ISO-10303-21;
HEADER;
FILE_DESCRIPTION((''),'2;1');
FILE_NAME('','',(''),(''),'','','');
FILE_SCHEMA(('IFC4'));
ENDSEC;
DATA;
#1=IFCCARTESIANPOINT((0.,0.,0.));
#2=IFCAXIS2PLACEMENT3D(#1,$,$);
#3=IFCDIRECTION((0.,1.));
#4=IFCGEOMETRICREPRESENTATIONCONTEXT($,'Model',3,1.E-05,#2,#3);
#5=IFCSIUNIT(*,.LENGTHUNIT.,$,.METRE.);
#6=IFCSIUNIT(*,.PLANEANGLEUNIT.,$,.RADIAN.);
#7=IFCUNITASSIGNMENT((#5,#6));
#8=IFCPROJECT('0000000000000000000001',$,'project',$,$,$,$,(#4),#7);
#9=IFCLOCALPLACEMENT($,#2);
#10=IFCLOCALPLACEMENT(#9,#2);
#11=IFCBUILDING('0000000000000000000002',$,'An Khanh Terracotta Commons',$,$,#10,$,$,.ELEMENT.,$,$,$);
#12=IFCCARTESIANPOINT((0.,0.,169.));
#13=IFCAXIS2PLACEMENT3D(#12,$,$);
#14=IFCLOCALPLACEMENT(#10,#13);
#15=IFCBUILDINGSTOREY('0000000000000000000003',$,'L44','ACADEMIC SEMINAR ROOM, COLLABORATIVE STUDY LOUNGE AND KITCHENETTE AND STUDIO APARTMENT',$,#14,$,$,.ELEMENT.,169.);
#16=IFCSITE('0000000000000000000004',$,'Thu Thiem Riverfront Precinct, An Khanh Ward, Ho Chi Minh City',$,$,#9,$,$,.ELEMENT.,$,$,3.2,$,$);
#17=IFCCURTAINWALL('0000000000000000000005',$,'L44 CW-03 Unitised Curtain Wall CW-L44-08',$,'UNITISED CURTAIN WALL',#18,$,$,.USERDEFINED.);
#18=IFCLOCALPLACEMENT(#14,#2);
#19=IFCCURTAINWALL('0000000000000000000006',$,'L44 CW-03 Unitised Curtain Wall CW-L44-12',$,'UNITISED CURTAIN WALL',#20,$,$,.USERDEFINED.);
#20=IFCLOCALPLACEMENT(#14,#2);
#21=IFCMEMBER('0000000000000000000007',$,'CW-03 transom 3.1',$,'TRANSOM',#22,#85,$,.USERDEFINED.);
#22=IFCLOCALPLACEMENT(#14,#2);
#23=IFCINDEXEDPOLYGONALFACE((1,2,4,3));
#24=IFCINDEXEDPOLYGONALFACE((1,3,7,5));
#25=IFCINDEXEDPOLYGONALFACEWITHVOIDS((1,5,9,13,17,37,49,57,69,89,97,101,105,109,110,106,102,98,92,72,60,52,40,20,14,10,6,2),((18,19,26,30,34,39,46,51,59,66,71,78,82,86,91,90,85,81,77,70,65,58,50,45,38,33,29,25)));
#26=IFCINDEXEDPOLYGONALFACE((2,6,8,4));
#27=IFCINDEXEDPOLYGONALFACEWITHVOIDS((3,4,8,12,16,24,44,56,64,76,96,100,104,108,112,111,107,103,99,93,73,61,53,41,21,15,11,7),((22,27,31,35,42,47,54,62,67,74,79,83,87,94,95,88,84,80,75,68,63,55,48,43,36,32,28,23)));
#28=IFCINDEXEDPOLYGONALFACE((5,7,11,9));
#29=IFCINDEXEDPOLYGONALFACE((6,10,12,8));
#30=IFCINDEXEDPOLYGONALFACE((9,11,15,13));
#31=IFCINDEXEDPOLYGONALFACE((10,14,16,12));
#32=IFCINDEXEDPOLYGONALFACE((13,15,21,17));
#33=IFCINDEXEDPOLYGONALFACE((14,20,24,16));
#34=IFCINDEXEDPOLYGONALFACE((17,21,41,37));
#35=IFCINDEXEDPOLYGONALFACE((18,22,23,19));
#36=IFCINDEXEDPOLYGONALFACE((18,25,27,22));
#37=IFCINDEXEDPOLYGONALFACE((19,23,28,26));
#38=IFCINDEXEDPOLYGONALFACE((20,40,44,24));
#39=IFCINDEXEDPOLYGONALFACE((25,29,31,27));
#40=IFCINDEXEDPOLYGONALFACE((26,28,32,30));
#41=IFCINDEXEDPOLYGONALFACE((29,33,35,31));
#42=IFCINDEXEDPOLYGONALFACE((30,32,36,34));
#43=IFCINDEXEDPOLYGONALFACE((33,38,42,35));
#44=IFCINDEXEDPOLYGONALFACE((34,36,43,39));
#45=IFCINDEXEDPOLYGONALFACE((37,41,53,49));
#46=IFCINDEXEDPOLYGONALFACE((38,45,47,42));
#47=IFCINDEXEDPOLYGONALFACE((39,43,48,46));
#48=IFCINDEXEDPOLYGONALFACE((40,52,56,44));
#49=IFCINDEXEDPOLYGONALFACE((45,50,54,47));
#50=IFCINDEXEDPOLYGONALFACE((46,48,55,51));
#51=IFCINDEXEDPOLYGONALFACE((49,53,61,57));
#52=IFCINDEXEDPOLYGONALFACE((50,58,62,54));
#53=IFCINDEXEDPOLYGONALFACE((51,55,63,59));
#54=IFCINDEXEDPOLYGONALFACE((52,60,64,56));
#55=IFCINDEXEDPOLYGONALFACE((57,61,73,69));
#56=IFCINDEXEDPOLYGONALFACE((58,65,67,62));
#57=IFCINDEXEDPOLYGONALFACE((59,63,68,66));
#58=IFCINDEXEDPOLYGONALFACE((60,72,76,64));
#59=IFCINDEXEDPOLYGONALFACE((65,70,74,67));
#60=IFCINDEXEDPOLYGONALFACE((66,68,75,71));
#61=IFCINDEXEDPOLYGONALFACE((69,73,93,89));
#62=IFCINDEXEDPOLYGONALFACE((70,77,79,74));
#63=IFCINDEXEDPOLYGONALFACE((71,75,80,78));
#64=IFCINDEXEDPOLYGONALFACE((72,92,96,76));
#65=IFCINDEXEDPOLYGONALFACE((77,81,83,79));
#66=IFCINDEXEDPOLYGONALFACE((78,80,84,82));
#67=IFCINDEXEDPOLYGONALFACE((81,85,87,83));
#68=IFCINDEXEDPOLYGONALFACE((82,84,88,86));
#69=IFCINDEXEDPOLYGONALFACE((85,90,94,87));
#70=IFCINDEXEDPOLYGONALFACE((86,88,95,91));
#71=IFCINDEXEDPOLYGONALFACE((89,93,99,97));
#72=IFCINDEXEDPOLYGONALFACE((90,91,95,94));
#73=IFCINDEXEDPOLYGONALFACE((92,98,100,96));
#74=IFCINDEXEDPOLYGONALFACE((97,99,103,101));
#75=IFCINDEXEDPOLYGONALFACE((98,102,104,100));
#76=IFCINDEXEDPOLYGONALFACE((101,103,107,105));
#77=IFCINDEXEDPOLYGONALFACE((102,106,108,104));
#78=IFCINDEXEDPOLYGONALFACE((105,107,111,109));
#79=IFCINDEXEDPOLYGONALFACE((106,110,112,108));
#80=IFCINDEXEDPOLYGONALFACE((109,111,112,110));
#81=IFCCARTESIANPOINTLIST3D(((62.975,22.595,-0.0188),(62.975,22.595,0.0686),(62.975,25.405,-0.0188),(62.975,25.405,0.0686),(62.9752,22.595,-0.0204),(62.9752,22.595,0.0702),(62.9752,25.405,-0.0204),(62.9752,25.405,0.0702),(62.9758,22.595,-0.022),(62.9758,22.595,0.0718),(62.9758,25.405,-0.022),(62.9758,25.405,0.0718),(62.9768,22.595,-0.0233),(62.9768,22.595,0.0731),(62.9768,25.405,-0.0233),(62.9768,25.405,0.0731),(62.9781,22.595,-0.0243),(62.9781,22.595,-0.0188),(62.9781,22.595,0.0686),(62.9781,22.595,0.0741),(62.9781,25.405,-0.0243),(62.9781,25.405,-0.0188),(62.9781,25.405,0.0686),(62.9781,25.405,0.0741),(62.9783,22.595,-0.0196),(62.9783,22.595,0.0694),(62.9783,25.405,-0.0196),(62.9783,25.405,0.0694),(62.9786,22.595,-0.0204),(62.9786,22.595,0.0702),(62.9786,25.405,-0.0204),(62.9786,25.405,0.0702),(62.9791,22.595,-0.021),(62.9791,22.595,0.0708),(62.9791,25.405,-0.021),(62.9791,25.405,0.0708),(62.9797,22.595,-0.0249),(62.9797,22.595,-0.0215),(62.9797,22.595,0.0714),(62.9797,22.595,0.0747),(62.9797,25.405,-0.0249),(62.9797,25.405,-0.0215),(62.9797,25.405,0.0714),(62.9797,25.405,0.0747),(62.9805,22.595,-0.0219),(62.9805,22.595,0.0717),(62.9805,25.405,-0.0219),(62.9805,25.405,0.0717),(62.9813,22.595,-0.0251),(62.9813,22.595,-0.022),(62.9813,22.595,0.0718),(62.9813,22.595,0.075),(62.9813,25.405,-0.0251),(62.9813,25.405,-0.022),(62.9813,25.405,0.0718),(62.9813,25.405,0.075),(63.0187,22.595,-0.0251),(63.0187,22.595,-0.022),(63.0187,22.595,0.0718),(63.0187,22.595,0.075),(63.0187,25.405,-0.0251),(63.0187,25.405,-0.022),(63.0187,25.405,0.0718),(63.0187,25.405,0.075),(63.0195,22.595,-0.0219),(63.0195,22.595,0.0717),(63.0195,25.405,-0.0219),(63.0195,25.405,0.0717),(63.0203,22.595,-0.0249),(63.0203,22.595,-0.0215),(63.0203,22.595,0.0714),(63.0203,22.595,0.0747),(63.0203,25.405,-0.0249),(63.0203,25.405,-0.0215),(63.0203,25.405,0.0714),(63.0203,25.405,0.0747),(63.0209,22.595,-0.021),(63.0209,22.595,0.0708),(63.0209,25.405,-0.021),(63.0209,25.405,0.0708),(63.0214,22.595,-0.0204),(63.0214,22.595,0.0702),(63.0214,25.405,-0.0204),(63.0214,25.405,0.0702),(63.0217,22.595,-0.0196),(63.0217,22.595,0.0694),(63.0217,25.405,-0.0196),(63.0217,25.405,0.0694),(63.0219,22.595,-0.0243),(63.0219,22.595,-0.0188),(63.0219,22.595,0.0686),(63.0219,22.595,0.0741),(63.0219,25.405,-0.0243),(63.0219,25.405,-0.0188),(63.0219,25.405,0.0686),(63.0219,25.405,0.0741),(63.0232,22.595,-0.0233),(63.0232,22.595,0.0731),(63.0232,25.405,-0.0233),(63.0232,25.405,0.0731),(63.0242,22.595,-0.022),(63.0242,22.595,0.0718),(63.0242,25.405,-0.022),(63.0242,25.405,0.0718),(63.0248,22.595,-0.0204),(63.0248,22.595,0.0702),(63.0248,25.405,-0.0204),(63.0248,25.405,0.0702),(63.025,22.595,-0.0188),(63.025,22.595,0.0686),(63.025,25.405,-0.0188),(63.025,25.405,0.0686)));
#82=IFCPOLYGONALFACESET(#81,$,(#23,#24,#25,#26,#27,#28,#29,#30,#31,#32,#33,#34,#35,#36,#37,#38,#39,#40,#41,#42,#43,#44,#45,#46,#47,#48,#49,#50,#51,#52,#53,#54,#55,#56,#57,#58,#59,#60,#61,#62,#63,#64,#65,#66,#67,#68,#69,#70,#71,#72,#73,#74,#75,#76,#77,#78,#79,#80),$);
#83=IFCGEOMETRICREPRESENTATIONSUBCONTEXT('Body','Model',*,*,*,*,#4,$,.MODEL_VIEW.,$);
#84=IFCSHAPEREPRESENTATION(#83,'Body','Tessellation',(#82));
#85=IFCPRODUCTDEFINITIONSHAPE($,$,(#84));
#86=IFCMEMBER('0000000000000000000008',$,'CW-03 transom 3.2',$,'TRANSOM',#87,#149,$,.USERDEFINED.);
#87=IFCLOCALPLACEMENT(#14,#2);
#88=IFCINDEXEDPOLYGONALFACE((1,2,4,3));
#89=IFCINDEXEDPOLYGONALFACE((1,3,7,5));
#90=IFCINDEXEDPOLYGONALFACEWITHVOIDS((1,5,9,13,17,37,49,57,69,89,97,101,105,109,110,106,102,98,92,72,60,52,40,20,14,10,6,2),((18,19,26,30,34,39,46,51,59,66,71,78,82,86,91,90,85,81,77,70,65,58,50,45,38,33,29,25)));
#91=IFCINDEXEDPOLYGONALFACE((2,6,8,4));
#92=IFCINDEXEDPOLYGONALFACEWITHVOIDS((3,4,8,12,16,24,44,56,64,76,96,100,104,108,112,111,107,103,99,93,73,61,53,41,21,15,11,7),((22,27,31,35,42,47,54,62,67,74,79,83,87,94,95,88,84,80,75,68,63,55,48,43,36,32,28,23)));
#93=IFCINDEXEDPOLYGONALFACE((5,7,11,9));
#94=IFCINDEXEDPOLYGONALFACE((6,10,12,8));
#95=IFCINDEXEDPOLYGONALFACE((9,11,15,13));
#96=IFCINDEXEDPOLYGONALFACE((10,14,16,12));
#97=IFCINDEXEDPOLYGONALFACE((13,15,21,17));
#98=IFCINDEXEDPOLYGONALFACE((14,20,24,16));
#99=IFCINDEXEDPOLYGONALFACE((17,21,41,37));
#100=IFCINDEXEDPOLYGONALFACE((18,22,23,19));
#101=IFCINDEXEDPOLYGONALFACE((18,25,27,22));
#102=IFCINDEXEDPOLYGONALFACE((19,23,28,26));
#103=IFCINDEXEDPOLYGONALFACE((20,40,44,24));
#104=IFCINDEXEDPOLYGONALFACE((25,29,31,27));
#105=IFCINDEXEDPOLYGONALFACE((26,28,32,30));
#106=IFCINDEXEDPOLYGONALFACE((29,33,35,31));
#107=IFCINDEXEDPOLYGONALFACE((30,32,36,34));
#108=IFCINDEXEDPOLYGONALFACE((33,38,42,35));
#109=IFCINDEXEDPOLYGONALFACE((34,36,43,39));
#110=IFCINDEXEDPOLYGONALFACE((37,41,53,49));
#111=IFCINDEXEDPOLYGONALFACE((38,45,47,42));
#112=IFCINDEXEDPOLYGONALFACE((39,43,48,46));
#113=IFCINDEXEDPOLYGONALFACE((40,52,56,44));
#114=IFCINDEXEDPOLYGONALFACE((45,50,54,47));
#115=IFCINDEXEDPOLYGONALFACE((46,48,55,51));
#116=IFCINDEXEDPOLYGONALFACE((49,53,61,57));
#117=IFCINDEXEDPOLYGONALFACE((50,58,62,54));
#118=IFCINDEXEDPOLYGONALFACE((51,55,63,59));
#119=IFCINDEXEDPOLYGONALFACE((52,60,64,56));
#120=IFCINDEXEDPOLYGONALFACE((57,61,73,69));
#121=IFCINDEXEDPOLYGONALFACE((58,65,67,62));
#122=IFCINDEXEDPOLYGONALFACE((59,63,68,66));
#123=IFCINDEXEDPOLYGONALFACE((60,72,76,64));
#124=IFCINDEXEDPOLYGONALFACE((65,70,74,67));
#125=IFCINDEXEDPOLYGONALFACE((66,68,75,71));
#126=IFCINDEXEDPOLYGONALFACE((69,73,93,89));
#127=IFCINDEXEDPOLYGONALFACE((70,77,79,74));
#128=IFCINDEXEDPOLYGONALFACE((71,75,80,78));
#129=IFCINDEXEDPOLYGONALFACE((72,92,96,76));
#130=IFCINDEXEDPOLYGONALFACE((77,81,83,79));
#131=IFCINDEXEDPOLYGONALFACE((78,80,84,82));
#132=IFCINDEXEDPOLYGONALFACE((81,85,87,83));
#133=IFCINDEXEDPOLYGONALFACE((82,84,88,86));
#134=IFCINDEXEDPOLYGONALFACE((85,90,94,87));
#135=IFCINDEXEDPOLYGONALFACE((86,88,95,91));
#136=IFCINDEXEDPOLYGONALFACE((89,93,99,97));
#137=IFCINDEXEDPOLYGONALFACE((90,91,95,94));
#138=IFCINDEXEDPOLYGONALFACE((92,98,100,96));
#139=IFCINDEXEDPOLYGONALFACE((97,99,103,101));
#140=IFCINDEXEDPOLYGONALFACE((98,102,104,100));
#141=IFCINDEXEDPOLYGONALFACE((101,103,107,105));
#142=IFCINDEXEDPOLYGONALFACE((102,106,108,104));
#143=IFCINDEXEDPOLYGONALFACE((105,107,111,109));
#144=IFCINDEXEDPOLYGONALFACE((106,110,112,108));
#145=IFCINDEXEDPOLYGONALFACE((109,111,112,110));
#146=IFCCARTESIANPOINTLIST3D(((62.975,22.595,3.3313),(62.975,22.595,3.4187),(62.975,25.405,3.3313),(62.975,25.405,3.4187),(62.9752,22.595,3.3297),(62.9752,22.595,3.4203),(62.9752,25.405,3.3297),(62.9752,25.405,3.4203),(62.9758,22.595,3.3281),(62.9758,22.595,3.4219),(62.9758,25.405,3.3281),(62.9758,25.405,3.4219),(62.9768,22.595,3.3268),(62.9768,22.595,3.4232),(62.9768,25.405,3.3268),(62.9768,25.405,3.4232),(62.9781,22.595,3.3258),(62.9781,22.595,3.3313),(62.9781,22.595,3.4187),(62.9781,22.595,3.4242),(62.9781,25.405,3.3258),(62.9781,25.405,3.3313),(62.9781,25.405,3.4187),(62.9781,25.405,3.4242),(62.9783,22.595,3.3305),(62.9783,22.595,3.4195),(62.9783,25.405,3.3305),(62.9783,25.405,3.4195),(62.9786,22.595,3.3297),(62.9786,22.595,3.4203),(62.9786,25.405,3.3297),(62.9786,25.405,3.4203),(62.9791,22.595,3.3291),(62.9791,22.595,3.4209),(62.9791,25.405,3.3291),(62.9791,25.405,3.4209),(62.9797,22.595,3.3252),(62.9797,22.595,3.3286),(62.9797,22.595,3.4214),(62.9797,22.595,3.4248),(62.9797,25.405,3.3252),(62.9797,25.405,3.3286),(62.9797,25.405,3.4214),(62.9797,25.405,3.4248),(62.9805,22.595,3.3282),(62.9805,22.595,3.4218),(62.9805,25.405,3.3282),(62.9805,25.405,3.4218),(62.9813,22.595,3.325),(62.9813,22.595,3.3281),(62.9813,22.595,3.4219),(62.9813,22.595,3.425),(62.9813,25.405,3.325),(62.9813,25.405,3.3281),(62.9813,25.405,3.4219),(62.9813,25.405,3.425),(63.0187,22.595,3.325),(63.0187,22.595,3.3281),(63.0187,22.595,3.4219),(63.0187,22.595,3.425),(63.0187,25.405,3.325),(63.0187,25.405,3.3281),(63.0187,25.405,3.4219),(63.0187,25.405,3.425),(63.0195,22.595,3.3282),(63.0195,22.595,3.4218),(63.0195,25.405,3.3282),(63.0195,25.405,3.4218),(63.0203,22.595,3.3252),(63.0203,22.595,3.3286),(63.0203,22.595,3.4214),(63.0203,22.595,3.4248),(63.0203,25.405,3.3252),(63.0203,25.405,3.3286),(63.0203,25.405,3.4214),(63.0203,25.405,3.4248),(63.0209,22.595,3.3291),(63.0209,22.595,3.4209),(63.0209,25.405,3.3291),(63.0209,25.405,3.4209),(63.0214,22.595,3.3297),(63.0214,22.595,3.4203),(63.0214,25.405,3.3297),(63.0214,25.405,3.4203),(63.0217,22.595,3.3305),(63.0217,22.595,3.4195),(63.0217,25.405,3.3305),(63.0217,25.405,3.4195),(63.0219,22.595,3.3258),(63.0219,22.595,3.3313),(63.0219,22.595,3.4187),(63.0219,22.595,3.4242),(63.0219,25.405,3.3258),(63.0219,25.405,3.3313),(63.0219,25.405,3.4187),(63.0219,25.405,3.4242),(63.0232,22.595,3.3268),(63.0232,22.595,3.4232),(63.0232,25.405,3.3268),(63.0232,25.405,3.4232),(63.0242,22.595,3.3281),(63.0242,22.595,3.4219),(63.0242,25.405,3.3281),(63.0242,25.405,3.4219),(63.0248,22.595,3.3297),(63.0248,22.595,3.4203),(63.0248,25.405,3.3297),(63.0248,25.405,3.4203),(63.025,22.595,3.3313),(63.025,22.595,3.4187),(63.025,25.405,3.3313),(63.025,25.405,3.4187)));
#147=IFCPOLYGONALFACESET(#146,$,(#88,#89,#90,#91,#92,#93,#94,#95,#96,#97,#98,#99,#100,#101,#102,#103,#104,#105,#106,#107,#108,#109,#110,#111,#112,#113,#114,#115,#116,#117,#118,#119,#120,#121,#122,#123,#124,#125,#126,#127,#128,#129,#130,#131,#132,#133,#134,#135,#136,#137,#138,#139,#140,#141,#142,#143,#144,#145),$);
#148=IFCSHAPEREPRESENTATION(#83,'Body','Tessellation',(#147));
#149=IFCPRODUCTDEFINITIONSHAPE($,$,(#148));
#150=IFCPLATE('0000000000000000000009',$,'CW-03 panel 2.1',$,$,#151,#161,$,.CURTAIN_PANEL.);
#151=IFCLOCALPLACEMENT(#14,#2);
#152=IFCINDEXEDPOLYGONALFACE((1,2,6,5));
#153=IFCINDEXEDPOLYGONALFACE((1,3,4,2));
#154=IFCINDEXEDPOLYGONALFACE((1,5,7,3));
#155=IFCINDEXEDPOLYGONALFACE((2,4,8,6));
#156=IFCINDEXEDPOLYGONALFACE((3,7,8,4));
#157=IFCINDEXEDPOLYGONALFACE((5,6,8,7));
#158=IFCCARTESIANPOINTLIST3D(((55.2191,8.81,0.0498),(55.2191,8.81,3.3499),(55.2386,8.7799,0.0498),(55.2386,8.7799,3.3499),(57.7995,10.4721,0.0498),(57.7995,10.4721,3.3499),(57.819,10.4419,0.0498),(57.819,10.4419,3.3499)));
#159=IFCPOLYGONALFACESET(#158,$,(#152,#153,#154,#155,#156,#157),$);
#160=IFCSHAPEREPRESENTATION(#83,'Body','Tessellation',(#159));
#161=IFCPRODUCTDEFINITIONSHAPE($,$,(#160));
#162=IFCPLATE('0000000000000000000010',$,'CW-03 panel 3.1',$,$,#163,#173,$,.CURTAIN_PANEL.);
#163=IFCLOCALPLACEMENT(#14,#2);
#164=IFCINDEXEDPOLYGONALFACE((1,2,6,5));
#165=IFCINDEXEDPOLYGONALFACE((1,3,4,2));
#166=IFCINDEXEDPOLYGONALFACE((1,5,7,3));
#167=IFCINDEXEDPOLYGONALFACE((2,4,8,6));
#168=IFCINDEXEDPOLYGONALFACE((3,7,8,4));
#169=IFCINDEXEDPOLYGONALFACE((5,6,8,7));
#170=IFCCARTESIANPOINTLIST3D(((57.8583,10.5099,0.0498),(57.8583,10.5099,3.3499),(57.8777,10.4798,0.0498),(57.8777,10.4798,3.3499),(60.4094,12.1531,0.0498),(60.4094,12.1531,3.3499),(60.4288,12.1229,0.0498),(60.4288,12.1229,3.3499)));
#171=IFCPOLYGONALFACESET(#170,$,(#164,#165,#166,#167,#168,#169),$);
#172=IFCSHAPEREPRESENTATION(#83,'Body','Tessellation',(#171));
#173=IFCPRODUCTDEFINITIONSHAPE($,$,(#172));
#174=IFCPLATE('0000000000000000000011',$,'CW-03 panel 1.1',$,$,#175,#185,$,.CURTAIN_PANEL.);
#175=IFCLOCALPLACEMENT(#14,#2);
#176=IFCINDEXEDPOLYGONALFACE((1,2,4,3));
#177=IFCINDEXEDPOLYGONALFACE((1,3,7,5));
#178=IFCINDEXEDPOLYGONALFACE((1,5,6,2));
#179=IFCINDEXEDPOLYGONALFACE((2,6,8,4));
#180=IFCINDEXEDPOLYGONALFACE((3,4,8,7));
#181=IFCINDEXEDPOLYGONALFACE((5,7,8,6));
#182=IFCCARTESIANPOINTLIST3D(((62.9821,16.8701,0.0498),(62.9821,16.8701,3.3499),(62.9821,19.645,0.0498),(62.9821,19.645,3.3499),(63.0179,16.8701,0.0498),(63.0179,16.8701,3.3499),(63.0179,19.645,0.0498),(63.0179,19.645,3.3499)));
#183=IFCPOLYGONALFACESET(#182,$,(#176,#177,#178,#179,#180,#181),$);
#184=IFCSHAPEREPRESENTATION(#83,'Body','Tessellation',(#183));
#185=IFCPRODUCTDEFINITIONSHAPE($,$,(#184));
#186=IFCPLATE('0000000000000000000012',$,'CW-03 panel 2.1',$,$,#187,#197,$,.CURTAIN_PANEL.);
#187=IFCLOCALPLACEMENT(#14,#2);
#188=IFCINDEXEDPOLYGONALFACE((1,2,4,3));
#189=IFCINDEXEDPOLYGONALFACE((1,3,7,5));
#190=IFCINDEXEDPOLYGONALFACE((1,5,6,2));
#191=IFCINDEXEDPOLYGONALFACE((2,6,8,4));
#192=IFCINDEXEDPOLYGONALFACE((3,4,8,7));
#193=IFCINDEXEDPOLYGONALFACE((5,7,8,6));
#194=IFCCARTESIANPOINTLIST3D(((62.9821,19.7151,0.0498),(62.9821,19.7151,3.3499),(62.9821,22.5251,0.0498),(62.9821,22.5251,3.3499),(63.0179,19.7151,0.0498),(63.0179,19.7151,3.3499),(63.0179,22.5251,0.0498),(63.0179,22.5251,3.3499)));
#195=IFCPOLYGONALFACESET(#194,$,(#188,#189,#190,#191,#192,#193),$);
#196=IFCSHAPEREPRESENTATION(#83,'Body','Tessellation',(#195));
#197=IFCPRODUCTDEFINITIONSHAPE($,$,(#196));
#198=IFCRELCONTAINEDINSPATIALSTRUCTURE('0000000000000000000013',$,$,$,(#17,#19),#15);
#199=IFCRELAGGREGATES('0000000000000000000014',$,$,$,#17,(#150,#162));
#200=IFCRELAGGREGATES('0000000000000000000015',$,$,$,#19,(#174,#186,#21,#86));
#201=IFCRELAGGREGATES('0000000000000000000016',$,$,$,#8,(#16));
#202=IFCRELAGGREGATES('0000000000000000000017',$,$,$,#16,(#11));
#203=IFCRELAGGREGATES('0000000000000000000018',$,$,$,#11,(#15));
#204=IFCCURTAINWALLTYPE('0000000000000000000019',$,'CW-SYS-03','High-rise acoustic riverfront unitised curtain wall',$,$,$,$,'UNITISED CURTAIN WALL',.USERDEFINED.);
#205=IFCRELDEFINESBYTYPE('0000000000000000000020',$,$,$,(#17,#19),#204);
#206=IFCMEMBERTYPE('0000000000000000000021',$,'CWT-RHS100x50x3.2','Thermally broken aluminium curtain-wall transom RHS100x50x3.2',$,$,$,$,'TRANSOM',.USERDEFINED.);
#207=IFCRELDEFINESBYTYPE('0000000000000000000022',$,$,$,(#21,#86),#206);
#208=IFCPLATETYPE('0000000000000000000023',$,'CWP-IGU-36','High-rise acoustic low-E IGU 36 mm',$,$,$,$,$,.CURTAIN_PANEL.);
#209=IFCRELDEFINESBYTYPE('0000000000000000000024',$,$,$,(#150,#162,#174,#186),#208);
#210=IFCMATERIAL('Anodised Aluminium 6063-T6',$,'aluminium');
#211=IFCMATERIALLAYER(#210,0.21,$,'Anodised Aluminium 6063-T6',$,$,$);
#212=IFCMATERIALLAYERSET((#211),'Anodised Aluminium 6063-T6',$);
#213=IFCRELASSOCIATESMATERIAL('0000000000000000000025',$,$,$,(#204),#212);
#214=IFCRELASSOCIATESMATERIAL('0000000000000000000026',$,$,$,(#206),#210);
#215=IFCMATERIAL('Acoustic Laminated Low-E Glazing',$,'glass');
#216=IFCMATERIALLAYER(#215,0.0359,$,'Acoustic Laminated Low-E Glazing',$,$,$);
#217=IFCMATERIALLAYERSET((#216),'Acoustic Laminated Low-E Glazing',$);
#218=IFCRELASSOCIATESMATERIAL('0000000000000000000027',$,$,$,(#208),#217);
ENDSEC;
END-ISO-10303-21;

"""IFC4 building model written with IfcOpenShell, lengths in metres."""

from ifc_helpers import new_model, si_unit, direction, frame, origin, origin_2d, place, context, subcontext, project, spatial, rectangle, hollow_rectangle, extrude, material, layer, layer_set, material_profile, profile_set, type_object, element, aggregate, save


model = new_model("IFC4")

# Units and contexts
model_context = context("Model", 3, precision=1e-05, world=origin(), true_north=direction((0.0, 1.0)))
body_context = subcontext(model_context, "Body", "Model", "MODEL_VIEW")
ifc_project = project(units=[si_unit("LENGTHUNIT", "METRE"), si_unit("PLANEANGLEUNIT", "RADIAN")], contexts=[model_context])

# Site, building, storey
site_placement = place(None, origin())
site = spatial("IfcSite", under=ifc_project, at=site_placement, Name="Thu Thiem Riverfront Precinct, An Khanh Ward, Ho Chi Minh City", CompositionType="ELEMENT", RefElevation=3.2)
building_placement = place(site_placement, origin())
building = spatial("IfcBuilding", under=site, at=building_placement, Name="An Khanh Terracotta Commons", CompositionType="ELEMENT")
storey_placement = place(building_placement, frame((0.0, 0.0, 169.0)))
storey = spatial("IfcBuildingStorey", under=building, at=storey_placement, Name="L44", Description="ACADEMIC SEMINAR ROOM, COLLABORATIVE STUDY LOUNGE AND KITCHENETTE AND STUDIO APARTMENT", CompositionType="ELEMENT", Elevation=169.0)

# Curtain walls
ifc_material_1 = material(Name="Anodised Aluminium 6063-T6", Category="aluminium")
ifc_layer_1 = layer(ifc_material_1, 0.21, Name="Anodised Aluminium 6063-T6")
ifc_layer_set_1 = layer_set([ifc_layer_1], Name="Anodised Aluminium 6063-T6")
curtain_wall_type = type_object("IfcCurtainWallType", Name="CW-SYS-03", Description="High-rise acoustic riverfront unitised curtain wall", ElementType="UNITISED CURTAIN WALL", PredefinedType="USERDEFINED", material=ifc_layer_set_1)
curtain_wall_1_placement = place(storey_placement, origin())
curtain_wall_1 = element("IfcCurtainWall", 1, at=curtain_wall_1_placement, inside=storey, type_object=curtain_wall_type, Name="L44 CW-03 Unitised Curtain Wall CW-L44-08", ObjectType="UNITISED CURTAIN WALL", PredefinedType="USERDEFINED")
curtain_wall_2_placement = place(storey_placement, origin())
curtain_wall_2 = element("IfcCurtainWall", 2, at=curtain_wall_2_placement, inside=storey, type_object=curtain_wall_type, Name="L44 CW-03 Unitised Curtain Wall CW-L44-12", ObjectType="UNITISED CURTAIN WALL", PredefinedType="USERDEFINED")

# Members
ifc_material_profile_1 = material_profile(ifc_material_1, hollow_rectangle(XDim=0.05, YDim=0.1001, WallThickness=0.0032, InnerFilletRadius=0.0032, OuterFilletRadius=0.0063, at=origin_2d()), Name="RHS100x50x3.2")
ifc_profile_set_1 = profile_set([ifc_material_profile_1], Name="Anodised Aluminium 6063-T6")
member_type_1 = type_object("IfcMemberType", Name="CWT-RHS100x50x3.2", Description="Thermally broken aluminium curtain-wall transom RHS100x50x3.2", ElementType="TRANSOM", PredefinedType="USERDEFINED", material=ifc_profile_set_1)
member_1_placement = place(storey_placement, frame((63.0, 22.595, 0.0249), z_axis=(0.0, 1.0, 0.0), x_axis=(-1.0, 0.0, 0.0)))
member_1 = element("IfcMember", 3, at=member_1_placement, type_object=member_type_1, Name="CW-03 transom 3.1", ObjectType="TRANSOM", PredefinedType="USERDEFINED", context=body_context, shape_type="SweptSolid", body=[
    extrude(hollow_rectangle(XDim=0.05, YDim=0.1001, WallThickness=0.0032, InnerFilletRadius=0.0032, OuterFilletRadius=0.0063, at=origin_2d()), origin(), (0.0, 0.0, 1.0), 2.8101),
])
member_2_placement = place(storey_placement, frame((63.0, 22.595, 3.375), z_axis=(0.0, 1.0, 0.0), x_axis=(-1.0, 0.0, 0.0)))
member_2 = element("IfcMember", 4, at=member_2_placement, type_object=member_type_1, Name="CW-03 transom 3.2", ObjectType="TRANSOM", PredefinedType="USERDEFINED", context=body_context, shape_type="SweptSolid", body=[
    extrude(hollow_rectangle(XDim=0.05, YDim=0.1001, WallThickness=0.0032, InnerFilletRadius=0.0032, OuterFilletRadius=0.0063, at=origin_2d()), origin(), (0.0, 0.0, 1.0), 2.8101),
])

# Plates
ifc_material_2 = material(Name="Acoustic Laminated Low-E Glazing", Category="glass")
ifc_layer_2 = layer(ifc_material_2, 0.0359, Name="Acoustic Laminated Low-E Glazing")
ifc_layer_set_2 = layer_set([ifc_layer_2], Name="Acoustic Laminated Low-E Glazing")
plate_type = type_object("IfcPlateType", Name="CWP-IGU-36", Description="High-rise acoustic low-E IGU 36 mm", PredefinedType="CURTAIN_PANEL", material=ifc_layer_set_2)
plate_1_placement = place(storey_placement, frame((56.519, 9.626, 0.0498), z_axis=(0.0, 0.0, 1.0), x_axis=(0.840702, 0.541498, 0.0)))
plate_1 = element("IfcPlate", 5, at=plate_1_placement, type_object=plate_type, Name="CW-03 panel 2.1", PredefinedType="CURTAIN_PANEL", context=body_context, shape_type="SweptSolid", body=[
    extrude(rectangle(XDim=3.0693, YDim=0.0359, at=origin_2d()), origin(), (0.0, 0.0, 1.0), 3.3),
])
plate_2_placement = place(storey_placement, frame((59.1436, 11.3164, 0.0498), z_axis=(0.0, 0.0, 1.0), x_axis=(0.840702, 0.541498, 0.0)))
plate_2 = element("IfcPlate", 6, at=plate_2_placement, type_object=plate_type, Name="CW-03 panel 3.1", PredefinedType="CURTAIN_PANEL", context=body_context, shape_type="SweptSolid", body=[
    extrude(rectangle(XDim=3.0344, YDim=0.0359, at=origin_2d()), origin(), (0.0, 0.0, 1.0), 3.3),
])
aggregate(curtain_wall_1, [plate_1, plate_2])
plate_3_placement = place(storey_placement, frame((63.0, 18.2576, 0.0498), z_axis=(0.0, 0.0, 1.0), x_axis=(0.0, 1.0, 0.0)))
plate_3 = element("IfcPlate", 7, at=plate_3_placement, type_object=plate_type, Name="CW-03 panel 1.1", PredefinedType="CURTAIN_PANEL", context=body_context, shape_type="SweptSolid", body=[
    extrude(rectangle(XDim=2.7749, YDim=0.0359, at=origin_2d()), origin(), (0.0, 0.0, 1.0), 3.3),
])
plate_4_placement = place(storey_placement, frame((63.0, 21.1201, 0.0498), z_axis=(0.0, 0.0, 1.0), x_axis=(0.0, 1.0, 0.0)))
plate_4 = element("IfcPlate", 8, at=plate_4_placement, type_object=plate_type, Name="CW-03 panel 2.1", PredefinedType="CURTAIN_PANEL", context=body_context, shape_type="SweptSolid", body=[
    extrude(rectangle(XDim=2.8101, YDim=0.0359, at=origin_2d()), origin(), (0.0, 0.0, 1.0), 3.3),
])
aggregate(curtain_wall_2, [plate_3, plate_4, member_1, member_2])

save(model, "model.ifc")
